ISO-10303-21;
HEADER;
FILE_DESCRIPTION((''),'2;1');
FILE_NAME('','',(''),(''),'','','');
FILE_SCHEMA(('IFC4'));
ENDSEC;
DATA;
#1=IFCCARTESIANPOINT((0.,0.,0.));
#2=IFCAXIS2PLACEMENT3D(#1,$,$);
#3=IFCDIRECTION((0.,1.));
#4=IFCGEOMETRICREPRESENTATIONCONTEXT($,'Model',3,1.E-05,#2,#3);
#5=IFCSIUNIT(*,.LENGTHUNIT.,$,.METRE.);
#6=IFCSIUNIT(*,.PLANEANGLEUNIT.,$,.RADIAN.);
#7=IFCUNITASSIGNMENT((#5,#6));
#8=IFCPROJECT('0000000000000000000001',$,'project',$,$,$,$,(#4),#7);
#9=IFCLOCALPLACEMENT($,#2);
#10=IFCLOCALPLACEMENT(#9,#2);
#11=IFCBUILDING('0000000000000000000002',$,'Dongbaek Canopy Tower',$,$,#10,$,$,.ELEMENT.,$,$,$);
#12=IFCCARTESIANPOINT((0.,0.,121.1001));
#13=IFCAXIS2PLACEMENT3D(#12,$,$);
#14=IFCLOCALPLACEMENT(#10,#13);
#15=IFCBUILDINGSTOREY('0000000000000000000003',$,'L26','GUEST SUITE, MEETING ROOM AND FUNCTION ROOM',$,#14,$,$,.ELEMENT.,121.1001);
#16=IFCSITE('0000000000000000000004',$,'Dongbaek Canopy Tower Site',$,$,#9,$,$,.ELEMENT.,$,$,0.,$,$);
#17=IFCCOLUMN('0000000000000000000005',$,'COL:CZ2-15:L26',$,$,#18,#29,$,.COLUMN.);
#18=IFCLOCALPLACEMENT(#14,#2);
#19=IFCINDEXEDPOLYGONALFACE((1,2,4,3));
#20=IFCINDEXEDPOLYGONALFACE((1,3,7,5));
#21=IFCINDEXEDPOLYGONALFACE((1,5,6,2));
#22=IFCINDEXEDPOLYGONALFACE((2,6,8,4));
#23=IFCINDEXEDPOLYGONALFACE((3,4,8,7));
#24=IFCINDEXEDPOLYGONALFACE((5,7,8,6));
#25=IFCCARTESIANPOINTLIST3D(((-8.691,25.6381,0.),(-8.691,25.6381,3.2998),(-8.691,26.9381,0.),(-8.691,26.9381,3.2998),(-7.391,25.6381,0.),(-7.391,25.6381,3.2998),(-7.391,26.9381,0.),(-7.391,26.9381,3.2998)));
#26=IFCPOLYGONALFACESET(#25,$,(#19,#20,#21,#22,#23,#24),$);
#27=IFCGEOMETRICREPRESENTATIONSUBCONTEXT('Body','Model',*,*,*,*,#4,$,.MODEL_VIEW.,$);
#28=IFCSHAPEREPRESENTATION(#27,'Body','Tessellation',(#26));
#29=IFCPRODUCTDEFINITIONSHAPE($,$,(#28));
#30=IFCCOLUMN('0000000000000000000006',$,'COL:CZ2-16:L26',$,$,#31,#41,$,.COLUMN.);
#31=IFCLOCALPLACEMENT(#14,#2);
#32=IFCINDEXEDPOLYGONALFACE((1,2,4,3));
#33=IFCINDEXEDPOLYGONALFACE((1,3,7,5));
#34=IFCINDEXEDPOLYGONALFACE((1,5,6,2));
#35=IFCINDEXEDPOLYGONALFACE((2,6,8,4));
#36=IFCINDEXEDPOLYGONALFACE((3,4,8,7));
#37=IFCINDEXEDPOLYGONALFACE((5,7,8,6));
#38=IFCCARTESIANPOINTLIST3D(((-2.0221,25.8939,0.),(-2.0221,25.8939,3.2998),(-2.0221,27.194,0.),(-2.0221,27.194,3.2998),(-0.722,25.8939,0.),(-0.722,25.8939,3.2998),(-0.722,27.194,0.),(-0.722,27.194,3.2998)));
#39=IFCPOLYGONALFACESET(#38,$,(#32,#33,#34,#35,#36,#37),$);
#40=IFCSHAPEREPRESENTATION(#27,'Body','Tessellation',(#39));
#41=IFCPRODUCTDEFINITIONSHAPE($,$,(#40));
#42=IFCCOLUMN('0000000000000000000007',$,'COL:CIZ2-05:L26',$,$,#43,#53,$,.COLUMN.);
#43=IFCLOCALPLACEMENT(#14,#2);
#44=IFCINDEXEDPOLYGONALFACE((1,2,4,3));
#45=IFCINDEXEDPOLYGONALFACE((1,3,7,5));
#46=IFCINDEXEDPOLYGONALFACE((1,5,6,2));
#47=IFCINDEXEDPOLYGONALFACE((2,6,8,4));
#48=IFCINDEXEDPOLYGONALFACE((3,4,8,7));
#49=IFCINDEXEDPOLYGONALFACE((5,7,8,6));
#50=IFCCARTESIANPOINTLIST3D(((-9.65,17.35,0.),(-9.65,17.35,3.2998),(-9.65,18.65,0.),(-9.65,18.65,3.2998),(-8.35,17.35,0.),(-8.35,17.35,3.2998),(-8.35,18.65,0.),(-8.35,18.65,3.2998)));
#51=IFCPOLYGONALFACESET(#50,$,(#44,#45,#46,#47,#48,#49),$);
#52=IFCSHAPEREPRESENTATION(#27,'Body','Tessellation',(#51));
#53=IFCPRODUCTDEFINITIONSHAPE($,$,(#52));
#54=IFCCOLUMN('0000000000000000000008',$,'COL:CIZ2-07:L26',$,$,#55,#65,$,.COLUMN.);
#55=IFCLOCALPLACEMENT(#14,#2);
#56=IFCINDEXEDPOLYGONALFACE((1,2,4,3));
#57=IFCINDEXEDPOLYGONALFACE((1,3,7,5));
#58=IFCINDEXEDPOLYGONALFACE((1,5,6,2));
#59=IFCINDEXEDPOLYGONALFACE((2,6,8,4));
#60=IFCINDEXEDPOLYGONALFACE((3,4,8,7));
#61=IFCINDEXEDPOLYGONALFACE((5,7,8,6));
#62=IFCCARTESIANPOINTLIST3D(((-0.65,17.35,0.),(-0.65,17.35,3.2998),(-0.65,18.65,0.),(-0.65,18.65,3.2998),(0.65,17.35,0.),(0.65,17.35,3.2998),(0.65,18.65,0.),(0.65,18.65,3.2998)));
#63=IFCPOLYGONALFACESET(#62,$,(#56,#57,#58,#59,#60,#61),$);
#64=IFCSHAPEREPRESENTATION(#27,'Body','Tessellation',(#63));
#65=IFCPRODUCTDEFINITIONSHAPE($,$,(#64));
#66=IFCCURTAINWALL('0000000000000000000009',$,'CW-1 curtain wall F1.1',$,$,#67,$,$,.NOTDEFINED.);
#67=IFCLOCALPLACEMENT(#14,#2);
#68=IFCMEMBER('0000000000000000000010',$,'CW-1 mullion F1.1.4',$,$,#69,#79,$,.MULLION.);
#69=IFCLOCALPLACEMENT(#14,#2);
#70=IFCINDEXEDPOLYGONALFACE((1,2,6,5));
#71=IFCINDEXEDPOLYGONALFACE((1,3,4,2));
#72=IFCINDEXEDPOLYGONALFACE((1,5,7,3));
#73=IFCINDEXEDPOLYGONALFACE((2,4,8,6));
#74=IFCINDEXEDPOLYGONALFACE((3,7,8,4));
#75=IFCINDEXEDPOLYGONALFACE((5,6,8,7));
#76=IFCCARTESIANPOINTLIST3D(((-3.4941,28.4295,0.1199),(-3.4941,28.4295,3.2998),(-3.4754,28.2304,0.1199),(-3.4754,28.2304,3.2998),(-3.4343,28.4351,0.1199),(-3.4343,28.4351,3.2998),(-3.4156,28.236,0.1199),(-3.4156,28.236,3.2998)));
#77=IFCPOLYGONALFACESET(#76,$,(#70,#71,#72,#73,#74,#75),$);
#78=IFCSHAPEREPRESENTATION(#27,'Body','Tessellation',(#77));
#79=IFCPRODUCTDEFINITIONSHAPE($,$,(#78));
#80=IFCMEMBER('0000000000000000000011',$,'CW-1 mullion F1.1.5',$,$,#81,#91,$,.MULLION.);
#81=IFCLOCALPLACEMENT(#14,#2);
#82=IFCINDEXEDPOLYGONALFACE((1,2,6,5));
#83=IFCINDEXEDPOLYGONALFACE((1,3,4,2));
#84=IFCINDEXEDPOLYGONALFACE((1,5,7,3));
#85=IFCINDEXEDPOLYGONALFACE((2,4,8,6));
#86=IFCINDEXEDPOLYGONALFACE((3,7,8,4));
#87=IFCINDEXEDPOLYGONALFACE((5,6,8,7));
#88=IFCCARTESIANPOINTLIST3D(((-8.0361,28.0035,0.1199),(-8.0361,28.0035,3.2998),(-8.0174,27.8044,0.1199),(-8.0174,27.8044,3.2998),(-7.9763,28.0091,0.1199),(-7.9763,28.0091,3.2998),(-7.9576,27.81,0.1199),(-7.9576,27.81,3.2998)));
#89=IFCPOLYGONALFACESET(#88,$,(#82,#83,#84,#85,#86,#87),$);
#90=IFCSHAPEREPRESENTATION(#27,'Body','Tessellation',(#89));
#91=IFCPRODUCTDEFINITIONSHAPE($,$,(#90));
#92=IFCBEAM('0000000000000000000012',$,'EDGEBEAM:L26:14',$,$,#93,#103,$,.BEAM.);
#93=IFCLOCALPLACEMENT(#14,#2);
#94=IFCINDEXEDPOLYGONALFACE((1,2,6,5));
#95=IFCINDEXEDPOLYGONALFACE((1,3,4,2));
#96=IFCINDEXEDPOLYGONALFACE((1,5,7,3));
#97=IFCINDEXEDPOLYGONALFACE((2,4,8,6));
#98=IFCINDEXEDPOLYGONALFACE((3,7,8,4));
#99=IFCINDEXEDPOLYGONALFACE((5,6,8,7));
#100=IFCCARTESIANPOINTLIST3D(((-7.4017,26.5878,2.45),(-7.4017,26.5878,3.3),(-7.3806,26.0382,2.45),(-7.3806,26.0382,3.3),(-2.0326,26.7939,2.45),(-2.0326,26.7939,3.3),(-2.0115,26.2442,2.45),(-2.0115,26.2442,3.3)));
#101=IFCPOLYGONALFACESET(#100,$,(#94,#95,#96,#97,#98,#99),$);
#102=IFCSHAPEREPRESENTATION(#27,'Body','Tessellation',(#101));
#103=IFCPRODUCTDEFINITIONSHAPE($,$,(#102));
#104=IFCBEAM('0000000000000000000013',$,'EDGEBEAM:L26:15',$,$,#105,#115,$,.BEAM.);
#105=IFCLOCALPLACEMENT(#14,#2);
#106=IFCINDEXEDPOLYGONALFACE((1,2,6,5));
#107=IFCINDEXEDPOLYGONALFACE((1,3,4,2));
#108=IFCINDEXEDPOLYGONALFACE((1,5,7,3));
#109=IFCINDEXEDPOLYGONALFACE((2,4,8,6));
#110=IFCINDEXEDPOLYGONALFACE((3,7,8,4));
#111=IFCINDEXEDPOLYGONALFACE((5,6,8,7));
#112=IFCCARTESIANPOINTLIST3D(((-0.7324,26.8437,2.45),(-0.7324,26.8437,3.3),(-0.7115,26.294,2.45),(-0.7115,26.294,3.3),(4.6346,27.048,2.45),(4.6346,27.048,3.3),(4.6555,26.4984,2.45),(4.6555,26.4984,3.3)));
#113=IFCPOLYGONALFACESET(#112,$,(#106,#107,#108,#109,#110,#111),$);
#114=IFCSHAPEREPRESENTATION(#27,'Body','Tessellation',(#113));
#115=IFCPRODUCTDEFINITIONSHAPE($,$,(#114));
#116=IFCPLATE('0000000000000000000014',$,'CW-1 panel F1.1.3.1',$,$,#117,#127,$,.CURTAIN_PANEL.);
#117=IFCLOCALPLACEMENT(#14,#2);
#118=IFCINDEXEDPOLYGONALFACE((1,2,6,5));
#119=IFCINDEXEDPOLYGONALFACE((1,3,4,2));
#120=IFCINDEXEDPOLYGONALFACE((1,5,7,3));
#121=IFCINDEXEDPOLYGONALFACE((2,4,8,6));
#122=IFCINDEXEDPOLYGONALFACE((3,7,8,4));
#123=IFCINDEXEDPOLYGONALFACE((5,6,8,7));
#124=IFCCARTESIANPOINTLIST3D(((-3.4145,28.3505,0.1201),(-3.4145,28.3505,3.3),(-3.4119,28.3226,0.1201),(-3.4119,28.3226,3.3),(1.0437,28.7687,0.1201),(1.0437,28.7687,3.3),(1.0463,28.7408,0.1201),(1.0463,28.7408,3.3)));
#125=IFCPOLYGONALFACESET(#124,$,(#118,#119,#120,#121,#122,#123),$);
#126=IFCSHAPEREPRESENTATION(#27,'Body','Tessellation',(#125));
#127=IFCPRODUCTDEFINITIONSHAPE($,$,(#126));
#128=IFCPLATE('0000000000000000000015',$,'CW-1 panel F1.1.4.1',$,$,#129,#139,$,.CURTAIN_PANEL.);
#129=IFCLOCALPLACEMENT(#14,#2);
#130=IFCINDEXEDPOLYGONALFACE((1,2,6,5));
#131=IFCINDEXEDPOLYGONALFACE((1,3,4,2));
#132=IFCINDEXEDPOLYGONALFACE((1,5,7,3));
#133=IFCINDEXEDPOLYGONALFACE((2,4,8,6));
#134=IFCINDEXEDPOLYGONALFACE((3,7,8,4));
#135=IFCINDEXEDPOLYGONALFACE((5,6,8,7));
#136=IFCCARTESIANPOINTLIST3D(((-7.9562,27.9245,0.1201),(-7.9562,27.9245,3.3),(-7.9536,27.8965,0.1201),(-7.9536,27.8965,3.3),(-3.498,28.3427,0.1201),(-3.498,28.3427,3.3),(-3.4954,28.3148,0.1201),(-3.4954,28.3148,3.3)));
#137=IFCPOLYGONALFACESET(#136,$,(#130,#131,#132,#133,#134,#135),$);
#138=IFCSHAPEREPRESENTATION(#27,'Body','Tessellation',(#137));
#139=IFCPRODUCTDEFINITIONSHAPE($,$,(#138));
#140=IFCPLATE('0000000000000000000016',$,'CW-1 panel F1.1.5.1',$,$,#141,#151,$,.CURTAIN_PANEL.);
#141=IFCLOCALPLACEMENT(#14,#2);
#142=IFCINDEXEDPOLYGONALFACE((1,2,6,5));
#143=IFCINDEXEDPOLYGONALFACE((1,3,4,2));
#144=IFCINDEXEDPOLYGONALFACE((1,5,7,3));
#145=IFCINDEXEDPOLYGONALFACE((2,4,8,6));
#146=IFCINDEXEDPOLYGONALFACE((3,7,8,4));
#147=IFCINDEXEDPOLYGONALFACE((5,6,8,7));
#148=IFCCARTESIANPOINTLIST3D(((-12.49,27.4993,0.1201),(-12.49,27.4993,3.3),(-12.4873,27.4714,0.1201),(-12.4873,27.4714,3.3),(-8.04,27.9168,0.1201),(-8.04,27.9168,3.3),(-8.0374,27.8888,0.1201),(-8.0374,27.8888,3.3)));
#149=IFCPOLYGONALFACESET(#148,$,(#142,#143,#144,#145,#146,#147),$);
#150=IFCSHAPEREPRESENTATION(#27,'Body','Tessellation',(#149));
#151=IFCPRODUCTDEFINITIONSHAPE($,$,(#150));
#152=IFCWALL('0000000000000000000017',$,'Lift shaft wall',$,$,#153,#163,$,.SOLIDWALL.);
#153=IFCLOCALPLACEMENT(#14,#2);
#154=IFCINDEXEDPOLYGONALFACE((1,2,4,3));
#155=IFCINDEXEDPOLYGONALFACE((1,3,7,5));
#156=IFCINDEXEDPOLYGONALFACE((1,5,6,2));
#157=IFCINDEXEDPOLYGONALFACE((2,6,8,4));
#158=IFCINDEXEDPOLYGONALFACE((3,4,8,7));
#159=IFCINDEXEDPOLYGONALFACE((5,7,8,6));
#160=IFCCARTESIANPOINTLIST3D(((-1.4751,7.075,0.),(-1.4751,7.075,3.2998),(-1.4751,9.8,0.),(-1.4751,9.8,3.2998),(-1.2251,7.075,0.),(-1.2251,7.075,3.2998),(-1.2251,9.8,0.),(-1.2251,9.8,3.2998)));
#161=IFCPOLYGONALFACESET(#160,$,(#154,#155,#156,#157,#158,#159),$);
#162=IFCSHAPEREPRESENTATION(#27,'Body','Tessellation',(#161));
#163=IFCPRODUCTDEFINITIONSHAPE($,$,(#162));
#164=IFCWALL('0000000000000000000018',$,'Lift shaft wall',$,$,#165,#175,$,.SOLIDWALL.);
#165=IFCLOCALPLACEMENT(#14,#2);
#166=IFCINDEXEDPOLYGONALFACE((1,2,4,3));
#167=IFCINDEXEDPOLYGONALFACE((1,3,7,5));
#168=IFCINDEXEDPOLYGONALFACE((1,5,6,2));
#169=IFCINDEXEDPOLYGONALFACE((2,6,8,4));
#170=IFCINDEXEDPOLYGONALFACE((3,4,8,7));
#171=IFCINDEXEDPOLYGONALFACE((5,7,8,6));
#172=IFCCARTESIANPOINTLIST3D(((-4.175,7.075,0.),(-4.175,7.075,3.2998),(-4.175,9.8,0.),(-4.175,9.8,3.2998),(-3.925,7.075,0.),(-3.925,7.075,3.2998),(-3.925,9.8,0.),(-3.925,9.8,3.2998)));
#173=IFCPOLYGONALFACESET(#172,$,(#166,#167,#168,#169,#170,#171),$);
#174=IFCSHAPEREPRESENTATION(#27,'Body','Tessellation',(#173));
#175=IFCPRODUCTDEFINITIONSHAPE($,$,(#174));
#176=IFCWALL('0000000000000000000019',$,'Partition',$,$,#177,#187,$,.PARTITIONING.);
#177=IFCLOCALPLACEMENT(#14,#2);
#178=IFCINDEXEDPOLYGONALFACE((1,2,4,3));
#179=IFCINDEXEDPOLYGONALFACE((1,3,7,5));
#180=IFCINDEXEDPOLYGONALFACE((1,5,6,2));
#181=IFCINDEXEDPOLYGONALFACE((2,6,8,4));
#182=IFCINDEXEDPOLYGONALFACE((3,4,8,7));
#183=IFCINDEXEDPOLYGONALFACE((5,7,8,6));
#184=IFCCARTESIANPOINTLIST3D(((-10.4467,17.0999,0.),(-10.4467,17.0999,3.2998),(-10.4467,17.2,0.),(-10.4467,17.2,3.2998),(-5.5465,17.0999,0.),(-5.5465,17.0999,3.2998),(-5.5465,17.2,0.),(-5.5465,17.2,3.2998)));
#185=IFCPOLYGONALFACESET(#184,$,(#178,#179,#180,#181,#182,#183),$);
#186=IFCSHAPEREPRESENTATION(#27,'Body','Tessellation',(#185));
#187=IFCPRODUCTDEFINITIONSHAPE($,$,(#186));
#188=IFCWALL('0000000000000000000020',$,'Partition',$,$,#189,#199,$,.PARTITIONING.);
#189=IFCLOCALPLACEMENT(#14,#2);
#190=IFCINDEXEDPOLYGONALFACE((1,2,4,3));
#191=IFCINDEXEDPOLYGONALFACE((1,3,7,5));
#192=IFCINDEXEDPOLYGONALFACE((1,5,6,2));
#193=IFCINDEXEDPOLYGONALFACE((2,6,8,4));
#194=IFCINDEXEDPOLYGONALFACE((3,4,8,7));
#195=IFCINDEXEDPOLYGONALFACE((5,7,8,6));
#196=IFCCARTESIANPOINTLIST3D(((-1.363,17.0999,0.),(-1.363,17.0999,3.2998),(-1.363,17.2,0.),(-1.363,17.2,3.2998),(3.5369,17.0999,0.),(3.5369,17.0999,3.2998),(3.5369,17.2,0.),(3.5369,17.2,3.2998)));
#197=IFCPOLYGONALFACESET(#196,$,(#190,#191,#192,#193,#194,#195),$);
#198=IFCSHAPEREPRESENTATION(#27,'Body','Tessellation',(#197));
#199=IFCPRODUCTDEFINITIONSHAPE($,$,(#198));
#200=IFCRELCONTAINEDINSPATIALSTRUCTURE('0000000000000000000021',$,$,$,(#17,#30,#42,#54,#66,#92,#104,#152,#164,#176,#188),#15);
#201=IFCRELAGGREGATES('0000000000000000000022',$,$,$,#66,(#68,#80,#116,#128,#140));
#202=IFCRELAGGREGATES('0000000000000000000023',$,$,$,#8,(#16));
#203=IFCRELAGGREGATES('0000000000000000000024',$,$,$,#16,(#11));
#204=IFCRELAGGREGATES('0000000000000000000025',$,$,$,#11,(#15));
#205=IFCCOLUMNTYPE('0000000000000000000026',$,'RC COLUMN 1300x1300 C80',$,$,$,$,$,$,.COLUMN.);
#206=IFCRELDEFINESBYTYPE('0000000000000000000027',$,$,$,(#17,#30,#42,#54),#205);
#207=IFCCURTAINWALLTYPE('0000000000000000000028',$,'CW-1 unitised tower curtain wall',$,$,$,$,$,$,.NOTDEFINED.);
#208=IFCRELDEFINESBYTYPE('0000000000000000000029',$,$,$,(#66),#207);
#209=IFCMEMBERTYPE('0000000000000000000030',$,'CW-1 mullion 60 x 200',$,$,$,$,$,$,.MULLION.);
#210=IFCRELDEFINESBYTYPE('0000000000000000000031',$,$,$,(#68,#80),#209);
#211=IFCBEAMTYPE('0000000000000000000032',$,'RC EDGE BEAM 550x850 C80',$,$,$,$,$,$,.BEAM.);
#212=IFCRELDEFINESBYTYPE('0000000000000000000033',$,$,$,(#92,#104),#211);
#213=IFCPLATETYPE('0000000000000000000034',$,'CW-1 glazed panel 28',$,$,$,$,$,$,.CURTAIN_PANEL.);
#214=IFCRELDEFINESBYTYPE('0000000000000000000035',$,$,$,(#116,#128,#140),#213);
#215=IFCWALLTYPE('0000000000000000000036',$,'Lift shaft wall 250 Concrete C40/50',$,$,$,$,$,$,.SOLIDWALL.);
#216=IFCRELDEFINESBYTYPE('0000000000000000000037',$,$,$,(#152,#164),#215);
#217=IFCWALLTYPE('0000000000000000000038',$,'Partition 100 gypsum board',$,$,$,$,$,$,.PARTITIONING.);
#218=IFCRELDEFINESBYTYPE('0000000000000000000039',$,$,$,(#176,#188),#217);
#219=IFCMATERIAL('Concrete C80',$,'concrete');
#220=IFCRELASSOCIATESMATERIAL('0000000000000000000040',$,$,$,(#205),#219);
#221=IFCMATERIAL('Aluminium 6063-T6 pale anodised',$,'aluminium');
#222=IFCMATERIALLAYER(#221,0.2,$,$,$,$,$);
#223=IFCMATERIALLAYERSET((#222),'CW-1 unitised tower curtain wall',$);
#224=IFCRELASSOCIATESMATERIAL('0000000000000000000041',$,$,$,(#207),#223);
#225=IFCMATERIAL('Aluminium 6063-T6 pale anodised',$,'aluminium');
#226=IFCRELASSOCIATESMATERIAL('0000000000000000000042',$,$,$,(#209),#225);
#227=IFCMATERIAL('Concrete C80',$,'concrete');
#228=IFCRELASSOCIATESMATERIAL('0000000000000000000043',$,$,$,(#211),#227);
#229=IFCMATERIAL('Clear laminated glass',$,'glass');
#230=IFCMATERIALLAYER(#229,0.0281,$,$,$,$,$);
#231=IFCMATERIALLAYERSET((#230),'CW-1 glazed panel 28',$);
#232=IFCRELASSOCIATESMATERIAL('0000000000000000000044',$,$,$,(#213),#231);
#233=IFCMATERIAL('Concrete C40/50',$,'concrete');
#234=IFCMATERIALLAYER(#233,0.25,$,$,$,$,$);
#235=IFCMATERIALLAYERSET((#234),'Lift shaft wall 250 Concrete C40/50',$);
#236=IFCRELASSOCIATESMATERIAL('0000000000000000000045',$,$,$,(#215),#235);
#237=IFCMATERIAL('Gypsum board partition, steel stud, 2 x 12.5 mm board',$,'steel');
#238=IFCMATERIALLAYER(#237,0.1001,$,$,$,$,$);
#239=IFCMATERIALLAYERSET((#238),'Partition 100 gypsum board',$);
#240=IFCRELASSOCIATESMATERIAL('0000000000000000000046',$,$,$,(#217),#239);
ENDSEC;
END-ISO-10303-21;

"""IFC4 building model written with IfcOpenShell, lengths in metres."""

from ifc_helpers import new_model, si_unit, direction, frame, frame_2d, origin, origin_2d, place, context, subcontext, project, spatial, rectangle, extrude, material, layer, layer_set, material_profile, profile_set, type_object, element, aggregate, save


model = new_model("IFC4")

# Units and contexts
model_context = context("Model", 3, precision=1e-05, world=origin(), true_north=direction((0.0, 1.0)))
body_context = subcontext(model_context, "Body", "Model", "MODEL_VIEW")
ifc_project = project(units=[si_unit("LENGTHUNIT", "METRE"), si_unit("PLANEANGLEUNIT", "RADIAN")], contexts=[model_context])

# Site, building, storey
site_placement = place(None, origin())
site = spatial("IfcSite", under=ifc_project, at=site_placement, Name="Dongbaek Canopy Tower Site", CompositionType="ELEMENT", RefElevation=0.0)
building_placement = place(site_placement, origin())
building = spatial("IfcBuilding", under=site, at=building_placement, Name="Dongbaek Canopy Tower", CompositionType="ELEMENT")
storey_placement = place(building_placement, frame((0.0, 0.0, 121.1001)))
storey = spatial("IfcBuildingStorey", under=building, at=storey_placement, Name="L26", Description="GUEST SUITE, MEETING ROOM AND FUNCTION ROOM", CompositionType="ELEMENT", Elevation=121.1001)

# Columns
ifc_material_1 = material(Name="Concrete C80", Category="concrete")
ifc_material_profile_1 = material_profile(ifc_material_1, rectangle(XDim=1.3, YDim=1.3, at=origin_2d()), Name="RC COLUMN 1300x1300 C80")
ifc_profile_set_1 = profile_set([ifc_material_profile_1], Name="Concrete C80")
column_type = type_object("IfcColumnType", Name="RC COLUMN 1300x1300 C80", PredefinedType="COLUMN", material=ifc_profile_set_1)
for number, where, z_axis, x_axis, name in (
    (1, (-8.041, 26.2881, 0.0), (0.0, 0.0, 1.0), (1.0, 0.0, 0.0), "COL:CZ2-15:L26"),
    (2, (-1.3721, 26.5439, 0.0), (0.0, 0.0, 1.0), (1.0, 0.0, 0.0), "COL:CZ2-16:L26"),
    (3, (-9.0, 18.0, 0.0), (0.0, 0.0, 1.0), (1.0, 0.0, 0.0), "COL:CIZ2-05:L26"),
    (4, (0.0, 18.0, 0.0), (0.0, 0.0, 1.0), (1.0, 0.0, 0.0), "COL:CIZ2-07:L26"),
):
    element("IfcColumn", number, at=place(storey_placement, frame(where, z_axis=z_axis, x_axis=x_axis)), inside=storey, type_object=column_type, Name=name, PredefinedType="COLUMN", context=body_context, shape_type="SweptSolid", body=[
        extrude(rectangle(XDim=1.3, YDim=1.3, at=origin_2d()), origin(), (0.0, 0.0, 1.0), 3.2998),
    ])

# Curtain wall, members
ifc_material_2 = material(Name="Aluminium 6063-T6 pale anodised", Category="aluminium")
ifc_layer_1 = layer(ifc_material_2, 0.2)
ifc_layer_set_1 = layer_set([ifc_layer_1], Name="CW-1 unitised tower curtain wall")
curtain_wall_type = type_object("IfcCurtainWallType", Name="CW-1 unitised tower curtain wall", PredefinedType="NOTDEFINED", material=ifc_layer_set_1)
curtain_wall_placement = place(storey_placement, origin())
curtain_wall = element("IfcCurtainWall", 5, at=curtain_wall_placement, inside=storey, type_object=curtain_wall_type, Name="CW-1 curtain wall F1.1", PredefinedType="NOTDEFINED")
ifc_material_3 = material(Name="Aluminium 6063-T6 pale anodised", Category="aluminium")
ifc_material_profile_2 = material_profile(ifc_material_3, rectangle(XDim=0.2, YDim=0.0601, at=origin_2d()), Name="CW-1 mullion 60 x 200")
ifc_profile_set_2 = profile_set([ifc_material_profile_2], Name="Aluminium 6063-T6 pale anodised")
member_type = type_object("IfcMemberType", Name="CW-1 mullion 60 x 200", PredefinedType="MULLION", material=ifc_profile_set_2)
member_1_placement = place(storey_placement, frame((-3.4548, 28.3328, 0.1199), z_axis=(0.0, 0.0, 1.0), x_axis=(-0.093398, 0.995629, 0.0)))
member_1 = element("IfcMember", 6, at=member_1_placement, type_object=member_type, Name="CW-1 mullion F1.1.4", PredefinedType="MULLION", context=body_context, shape_type="SweptSolid", body=[
    extrude(rectangle(XDim=0.2, YDim=0.0601, at=origin_2d()), origin(), (0.0, 0.0, 1.0), 3.1799),
])
member_2_placement = place(storey_placement, frame((-7.9968, 27.9067, 0.1199), z_axis=(0.0, 0.0, 1.0), x_axis=(-0.093398, 0.995629, 0.0)))
member_2 = element("IfcMember", 7, at=member_2_placement, type_object=member_type, Name="CW-1 mullion F1.1.5", PredefinedType="MULLION", context=body_context, shape_type="SweptSolid", body=[
    extrude(rectangle(XDim=0.2, YDim=0.0601, at=origin_2d()), origin(), (0.0, 0.0, 1.0), 3.1799),
])

# Beams
ifc_material_4 = material(Name="Concrete C80", Category="concrete")
ifc_material_profile_3 = material_profile(ifc_material_4, rectangle(XDim=0.55, YDim=0.8501, at=origin_2d()), Name="RC EDGE BEAM 550x850 C80")
ifc_profile_set_3 = profile_set([ifc_material_profile_3], Name="Concrete C80")
beam_type = type_object("IfcBeamType", Name="RC EDGE BEAM 550x850 C80", PredefinedType="BEAM", material=ifc_profile_set_3)
beam_1_placement = place(storey_placement, frame((-7.3911, 26.313, 2.875), z_axis=(0.999264, 0.038349, 0.0), x_axis=(-0.038349, 0.999264, 0.0)))
element("IfcBeam", 8, at=beam_1_placement, inside=storey, type_object=beam_type, Name="EDGEBEAM:L26:14", PredefinedType="BEAM", context=body_context, shape_type="SweptSolid", body=[
    extrude(rectangle(XDim=0.55, YDim=0.8501, at=origin_2d()), origin(), (0.0, 0.0, 1.0), 5.373),
])
beam_2_placement = place(storey_placement, frame((-0.7219, 26.5688, 2.875), z_axis=(0.999276, 0.038047, 0.0), x_axis=(-0.038047, 0.999276, 0.0)))
element("IfcBeam", 9, at=beam_2_placement, inside=storey, type_object=beam_type, Name="EDGEBEAM:L26:15", PredefinedType="BEAM", context=body_context, shape_type="SweptSolid", body=[
    extrude(rectangle(XDim=0.55, YDim=0.8501, at=origin_2d()), origin(), (0.0, 0.0, 1.0), 5.3708),
])

# Plates
ifc_material_5 = material(Name="Clear laminated glass", Category="glass")
ifc_layer_2 = layer(ifc_material_5, 0.0281)
ifc_layer_set_2 = layer_set([ifc_layer_2], Name="CW-1 glazed panel 28")
plate_type = type_object("IfcPlateType", Name="CW-1 glazed panel 28", PredefinedType="CURTAIN_PANEL", material=ifc_layer_set_2)
plate_1_placement = place(storey_placement, frame((-1.1841, 28.5457, 0.1201), z_axis=(0.0, 0.0, 1.0), x_axis=(-0.995629, -0.093398, 0.0)))
plate_1 = element("IfcPlate", 10, at=plate_1_placement, type_object=plate_type, Name="CW-1 panel F1.1.3.1", PredefinedType="CURTAIN_PANEL", context=body_context, shape_type="SweptSolid", body=[
    extrude(rectangle(XDim=4.4778, YDim=0.0281, at=origin_2d()), origin(), (0.0, 0.0, 1.0), 3.1799),
])
plate_2_placement = place(storey_placement, frame((-5.7258, 28.1196, 0.1201), z_axis=(0.0, 0.0, 1.0), x_axis=(-0.995629, -0.093398, 0.0)))
plate_2 = element("IfcPlate", 11, at=plate_2_placement, type_object=plate_type, Name="CW-1 panel F1.1.4.1", PredefinedType="CURTAIN_PANEL", context=body_context, shape_type="SweptSolid", body=[
    extrude(rectangle(XDim=4.4778, YDim=0.0281, at=origin_2d()), origin(), (0.0, 0.0, 1.0), 3.1799),
])
plate_3_placement = place(storey_placement, frame((-10.2637, 27.6941, 0.1201), z_axis=(0.0, 0.0, 1.0), x_axis=(-0.995629, -0.093398, 0.0)))
plate_3 = element("IfcPlate", 12, at=plate_3_placement, type_object=plate_type, Name="CW-1 panel F1.1.5.1", PredefinedType="CURTAIN_PANEL", context=body_context, shape_type="SweptSolid", body=[
    extrude(rectangle(XDim=4.4695, YDim=0.0281, at=origin_2d()), origin(), (0.0, 0.0, 1.0), 3.1799),
])

# Walls
ifc_material_6 = material(Name="Concrete C40/50", Category="concrete")
ifc_layer_3 = layer(ifc_material_6, 0.25)
ifc_layer_set_3 = layer_set([ifc_layer_3], Name="Lift shaft wall 250 Concrete C40/50")
wall_type_1 = type_object("IfcWallType", Name="Lift shaft wall 250 Concrete C40/50", PredefinedType="SOLIDWALL", material=ifc_layer_set_3)
for number, where, z_axis, x_axis, name in (
    (13, (-1.3501, 7.075, 0.0), (0.0, 0.0, 1.0), (0.0, 1.0, 0.0), "Lift shaft wall"),
    (14, (-4.05, 7.075, 0.0), (0.0, 0.0, 1.0), (0.0, 1.0, 0.0), "Lift shaft wall"),
):
    element("IfcWall", number, at=place(storey_placement, frame(where, z_axis=z_axis, x_axis=x_axis)), inside=storey, type_object=wall_type_1, Name=name, PredefinedType="SOLIDWALL", context=body_context, shape_type="SweptSolid", body=[
        extrude(rectangle(XDim=2.7251, YDim=0.25, at=frame_2d((1.3625, 0.0))), origin(), (0.0, 0.0, 1.0), 3.2998),
    ])
ifc_material_7 = material(Name="Gypsum board partition, steel stud, 2 x 12.5 mm board", Category="steel")
ifc_layer_4 = layer(ifc_material_7, 0.1001)
ifc_layer_set_4 = layer_set([ifc_layer_4], Name="Partition 100 gypsum board")
wall_type_2 = type_object("IfcWallType", Name="Partition 100 gypsum board", PredefinedType="PARTITIONING", material=ifc_layer_set_4)
wall_1_placement = place(storey_placement, frame((-10.4468, 17.1499, 0.0), z_axis=(0.0, 0.0, 1.0), x_axis=(1.0, 0.0, 0.0)))
element("IfcWall", 15, at=wall_1_placement, inside=storey, type_object=wall_type_2, Name="Partition", PredefinedType="PARTITIONING", context=body_context, shape_type="SweptSolid", body=[
    extrude(rectangle(XDim=4.9001, YDim=0.1001, at=frame_2d((2.4502, 0.0))), origin(), (0.0, 0.0, 1.0), 3.2998),
])
wall_2_placement = place(storey_placement, frame((-1.363, 17.1499, 0.0), z_axis=(0.0, 0.0, 1.0), x_axis=(1.0, 0.0, 0.0)))
element("IfcWall", 16, at=wall_2_placement, inside=storey, type_object=wall_type_2, Name="Partition", PredefinedType="PARTITIONING", context=body_context, shape_type="SweptSolid", body=[
    extrude(rectangle(XDim=4.8999, YDim=0.1001, at=frame_2d((2.45, 0.0))), origin(), (0.0, 0.0, 1.0), 3.2998),
])

aggregate(curtain_wall, [member_1, member_2, plate_1, plate_2, plate_3])

save(model, "model.ifc")
